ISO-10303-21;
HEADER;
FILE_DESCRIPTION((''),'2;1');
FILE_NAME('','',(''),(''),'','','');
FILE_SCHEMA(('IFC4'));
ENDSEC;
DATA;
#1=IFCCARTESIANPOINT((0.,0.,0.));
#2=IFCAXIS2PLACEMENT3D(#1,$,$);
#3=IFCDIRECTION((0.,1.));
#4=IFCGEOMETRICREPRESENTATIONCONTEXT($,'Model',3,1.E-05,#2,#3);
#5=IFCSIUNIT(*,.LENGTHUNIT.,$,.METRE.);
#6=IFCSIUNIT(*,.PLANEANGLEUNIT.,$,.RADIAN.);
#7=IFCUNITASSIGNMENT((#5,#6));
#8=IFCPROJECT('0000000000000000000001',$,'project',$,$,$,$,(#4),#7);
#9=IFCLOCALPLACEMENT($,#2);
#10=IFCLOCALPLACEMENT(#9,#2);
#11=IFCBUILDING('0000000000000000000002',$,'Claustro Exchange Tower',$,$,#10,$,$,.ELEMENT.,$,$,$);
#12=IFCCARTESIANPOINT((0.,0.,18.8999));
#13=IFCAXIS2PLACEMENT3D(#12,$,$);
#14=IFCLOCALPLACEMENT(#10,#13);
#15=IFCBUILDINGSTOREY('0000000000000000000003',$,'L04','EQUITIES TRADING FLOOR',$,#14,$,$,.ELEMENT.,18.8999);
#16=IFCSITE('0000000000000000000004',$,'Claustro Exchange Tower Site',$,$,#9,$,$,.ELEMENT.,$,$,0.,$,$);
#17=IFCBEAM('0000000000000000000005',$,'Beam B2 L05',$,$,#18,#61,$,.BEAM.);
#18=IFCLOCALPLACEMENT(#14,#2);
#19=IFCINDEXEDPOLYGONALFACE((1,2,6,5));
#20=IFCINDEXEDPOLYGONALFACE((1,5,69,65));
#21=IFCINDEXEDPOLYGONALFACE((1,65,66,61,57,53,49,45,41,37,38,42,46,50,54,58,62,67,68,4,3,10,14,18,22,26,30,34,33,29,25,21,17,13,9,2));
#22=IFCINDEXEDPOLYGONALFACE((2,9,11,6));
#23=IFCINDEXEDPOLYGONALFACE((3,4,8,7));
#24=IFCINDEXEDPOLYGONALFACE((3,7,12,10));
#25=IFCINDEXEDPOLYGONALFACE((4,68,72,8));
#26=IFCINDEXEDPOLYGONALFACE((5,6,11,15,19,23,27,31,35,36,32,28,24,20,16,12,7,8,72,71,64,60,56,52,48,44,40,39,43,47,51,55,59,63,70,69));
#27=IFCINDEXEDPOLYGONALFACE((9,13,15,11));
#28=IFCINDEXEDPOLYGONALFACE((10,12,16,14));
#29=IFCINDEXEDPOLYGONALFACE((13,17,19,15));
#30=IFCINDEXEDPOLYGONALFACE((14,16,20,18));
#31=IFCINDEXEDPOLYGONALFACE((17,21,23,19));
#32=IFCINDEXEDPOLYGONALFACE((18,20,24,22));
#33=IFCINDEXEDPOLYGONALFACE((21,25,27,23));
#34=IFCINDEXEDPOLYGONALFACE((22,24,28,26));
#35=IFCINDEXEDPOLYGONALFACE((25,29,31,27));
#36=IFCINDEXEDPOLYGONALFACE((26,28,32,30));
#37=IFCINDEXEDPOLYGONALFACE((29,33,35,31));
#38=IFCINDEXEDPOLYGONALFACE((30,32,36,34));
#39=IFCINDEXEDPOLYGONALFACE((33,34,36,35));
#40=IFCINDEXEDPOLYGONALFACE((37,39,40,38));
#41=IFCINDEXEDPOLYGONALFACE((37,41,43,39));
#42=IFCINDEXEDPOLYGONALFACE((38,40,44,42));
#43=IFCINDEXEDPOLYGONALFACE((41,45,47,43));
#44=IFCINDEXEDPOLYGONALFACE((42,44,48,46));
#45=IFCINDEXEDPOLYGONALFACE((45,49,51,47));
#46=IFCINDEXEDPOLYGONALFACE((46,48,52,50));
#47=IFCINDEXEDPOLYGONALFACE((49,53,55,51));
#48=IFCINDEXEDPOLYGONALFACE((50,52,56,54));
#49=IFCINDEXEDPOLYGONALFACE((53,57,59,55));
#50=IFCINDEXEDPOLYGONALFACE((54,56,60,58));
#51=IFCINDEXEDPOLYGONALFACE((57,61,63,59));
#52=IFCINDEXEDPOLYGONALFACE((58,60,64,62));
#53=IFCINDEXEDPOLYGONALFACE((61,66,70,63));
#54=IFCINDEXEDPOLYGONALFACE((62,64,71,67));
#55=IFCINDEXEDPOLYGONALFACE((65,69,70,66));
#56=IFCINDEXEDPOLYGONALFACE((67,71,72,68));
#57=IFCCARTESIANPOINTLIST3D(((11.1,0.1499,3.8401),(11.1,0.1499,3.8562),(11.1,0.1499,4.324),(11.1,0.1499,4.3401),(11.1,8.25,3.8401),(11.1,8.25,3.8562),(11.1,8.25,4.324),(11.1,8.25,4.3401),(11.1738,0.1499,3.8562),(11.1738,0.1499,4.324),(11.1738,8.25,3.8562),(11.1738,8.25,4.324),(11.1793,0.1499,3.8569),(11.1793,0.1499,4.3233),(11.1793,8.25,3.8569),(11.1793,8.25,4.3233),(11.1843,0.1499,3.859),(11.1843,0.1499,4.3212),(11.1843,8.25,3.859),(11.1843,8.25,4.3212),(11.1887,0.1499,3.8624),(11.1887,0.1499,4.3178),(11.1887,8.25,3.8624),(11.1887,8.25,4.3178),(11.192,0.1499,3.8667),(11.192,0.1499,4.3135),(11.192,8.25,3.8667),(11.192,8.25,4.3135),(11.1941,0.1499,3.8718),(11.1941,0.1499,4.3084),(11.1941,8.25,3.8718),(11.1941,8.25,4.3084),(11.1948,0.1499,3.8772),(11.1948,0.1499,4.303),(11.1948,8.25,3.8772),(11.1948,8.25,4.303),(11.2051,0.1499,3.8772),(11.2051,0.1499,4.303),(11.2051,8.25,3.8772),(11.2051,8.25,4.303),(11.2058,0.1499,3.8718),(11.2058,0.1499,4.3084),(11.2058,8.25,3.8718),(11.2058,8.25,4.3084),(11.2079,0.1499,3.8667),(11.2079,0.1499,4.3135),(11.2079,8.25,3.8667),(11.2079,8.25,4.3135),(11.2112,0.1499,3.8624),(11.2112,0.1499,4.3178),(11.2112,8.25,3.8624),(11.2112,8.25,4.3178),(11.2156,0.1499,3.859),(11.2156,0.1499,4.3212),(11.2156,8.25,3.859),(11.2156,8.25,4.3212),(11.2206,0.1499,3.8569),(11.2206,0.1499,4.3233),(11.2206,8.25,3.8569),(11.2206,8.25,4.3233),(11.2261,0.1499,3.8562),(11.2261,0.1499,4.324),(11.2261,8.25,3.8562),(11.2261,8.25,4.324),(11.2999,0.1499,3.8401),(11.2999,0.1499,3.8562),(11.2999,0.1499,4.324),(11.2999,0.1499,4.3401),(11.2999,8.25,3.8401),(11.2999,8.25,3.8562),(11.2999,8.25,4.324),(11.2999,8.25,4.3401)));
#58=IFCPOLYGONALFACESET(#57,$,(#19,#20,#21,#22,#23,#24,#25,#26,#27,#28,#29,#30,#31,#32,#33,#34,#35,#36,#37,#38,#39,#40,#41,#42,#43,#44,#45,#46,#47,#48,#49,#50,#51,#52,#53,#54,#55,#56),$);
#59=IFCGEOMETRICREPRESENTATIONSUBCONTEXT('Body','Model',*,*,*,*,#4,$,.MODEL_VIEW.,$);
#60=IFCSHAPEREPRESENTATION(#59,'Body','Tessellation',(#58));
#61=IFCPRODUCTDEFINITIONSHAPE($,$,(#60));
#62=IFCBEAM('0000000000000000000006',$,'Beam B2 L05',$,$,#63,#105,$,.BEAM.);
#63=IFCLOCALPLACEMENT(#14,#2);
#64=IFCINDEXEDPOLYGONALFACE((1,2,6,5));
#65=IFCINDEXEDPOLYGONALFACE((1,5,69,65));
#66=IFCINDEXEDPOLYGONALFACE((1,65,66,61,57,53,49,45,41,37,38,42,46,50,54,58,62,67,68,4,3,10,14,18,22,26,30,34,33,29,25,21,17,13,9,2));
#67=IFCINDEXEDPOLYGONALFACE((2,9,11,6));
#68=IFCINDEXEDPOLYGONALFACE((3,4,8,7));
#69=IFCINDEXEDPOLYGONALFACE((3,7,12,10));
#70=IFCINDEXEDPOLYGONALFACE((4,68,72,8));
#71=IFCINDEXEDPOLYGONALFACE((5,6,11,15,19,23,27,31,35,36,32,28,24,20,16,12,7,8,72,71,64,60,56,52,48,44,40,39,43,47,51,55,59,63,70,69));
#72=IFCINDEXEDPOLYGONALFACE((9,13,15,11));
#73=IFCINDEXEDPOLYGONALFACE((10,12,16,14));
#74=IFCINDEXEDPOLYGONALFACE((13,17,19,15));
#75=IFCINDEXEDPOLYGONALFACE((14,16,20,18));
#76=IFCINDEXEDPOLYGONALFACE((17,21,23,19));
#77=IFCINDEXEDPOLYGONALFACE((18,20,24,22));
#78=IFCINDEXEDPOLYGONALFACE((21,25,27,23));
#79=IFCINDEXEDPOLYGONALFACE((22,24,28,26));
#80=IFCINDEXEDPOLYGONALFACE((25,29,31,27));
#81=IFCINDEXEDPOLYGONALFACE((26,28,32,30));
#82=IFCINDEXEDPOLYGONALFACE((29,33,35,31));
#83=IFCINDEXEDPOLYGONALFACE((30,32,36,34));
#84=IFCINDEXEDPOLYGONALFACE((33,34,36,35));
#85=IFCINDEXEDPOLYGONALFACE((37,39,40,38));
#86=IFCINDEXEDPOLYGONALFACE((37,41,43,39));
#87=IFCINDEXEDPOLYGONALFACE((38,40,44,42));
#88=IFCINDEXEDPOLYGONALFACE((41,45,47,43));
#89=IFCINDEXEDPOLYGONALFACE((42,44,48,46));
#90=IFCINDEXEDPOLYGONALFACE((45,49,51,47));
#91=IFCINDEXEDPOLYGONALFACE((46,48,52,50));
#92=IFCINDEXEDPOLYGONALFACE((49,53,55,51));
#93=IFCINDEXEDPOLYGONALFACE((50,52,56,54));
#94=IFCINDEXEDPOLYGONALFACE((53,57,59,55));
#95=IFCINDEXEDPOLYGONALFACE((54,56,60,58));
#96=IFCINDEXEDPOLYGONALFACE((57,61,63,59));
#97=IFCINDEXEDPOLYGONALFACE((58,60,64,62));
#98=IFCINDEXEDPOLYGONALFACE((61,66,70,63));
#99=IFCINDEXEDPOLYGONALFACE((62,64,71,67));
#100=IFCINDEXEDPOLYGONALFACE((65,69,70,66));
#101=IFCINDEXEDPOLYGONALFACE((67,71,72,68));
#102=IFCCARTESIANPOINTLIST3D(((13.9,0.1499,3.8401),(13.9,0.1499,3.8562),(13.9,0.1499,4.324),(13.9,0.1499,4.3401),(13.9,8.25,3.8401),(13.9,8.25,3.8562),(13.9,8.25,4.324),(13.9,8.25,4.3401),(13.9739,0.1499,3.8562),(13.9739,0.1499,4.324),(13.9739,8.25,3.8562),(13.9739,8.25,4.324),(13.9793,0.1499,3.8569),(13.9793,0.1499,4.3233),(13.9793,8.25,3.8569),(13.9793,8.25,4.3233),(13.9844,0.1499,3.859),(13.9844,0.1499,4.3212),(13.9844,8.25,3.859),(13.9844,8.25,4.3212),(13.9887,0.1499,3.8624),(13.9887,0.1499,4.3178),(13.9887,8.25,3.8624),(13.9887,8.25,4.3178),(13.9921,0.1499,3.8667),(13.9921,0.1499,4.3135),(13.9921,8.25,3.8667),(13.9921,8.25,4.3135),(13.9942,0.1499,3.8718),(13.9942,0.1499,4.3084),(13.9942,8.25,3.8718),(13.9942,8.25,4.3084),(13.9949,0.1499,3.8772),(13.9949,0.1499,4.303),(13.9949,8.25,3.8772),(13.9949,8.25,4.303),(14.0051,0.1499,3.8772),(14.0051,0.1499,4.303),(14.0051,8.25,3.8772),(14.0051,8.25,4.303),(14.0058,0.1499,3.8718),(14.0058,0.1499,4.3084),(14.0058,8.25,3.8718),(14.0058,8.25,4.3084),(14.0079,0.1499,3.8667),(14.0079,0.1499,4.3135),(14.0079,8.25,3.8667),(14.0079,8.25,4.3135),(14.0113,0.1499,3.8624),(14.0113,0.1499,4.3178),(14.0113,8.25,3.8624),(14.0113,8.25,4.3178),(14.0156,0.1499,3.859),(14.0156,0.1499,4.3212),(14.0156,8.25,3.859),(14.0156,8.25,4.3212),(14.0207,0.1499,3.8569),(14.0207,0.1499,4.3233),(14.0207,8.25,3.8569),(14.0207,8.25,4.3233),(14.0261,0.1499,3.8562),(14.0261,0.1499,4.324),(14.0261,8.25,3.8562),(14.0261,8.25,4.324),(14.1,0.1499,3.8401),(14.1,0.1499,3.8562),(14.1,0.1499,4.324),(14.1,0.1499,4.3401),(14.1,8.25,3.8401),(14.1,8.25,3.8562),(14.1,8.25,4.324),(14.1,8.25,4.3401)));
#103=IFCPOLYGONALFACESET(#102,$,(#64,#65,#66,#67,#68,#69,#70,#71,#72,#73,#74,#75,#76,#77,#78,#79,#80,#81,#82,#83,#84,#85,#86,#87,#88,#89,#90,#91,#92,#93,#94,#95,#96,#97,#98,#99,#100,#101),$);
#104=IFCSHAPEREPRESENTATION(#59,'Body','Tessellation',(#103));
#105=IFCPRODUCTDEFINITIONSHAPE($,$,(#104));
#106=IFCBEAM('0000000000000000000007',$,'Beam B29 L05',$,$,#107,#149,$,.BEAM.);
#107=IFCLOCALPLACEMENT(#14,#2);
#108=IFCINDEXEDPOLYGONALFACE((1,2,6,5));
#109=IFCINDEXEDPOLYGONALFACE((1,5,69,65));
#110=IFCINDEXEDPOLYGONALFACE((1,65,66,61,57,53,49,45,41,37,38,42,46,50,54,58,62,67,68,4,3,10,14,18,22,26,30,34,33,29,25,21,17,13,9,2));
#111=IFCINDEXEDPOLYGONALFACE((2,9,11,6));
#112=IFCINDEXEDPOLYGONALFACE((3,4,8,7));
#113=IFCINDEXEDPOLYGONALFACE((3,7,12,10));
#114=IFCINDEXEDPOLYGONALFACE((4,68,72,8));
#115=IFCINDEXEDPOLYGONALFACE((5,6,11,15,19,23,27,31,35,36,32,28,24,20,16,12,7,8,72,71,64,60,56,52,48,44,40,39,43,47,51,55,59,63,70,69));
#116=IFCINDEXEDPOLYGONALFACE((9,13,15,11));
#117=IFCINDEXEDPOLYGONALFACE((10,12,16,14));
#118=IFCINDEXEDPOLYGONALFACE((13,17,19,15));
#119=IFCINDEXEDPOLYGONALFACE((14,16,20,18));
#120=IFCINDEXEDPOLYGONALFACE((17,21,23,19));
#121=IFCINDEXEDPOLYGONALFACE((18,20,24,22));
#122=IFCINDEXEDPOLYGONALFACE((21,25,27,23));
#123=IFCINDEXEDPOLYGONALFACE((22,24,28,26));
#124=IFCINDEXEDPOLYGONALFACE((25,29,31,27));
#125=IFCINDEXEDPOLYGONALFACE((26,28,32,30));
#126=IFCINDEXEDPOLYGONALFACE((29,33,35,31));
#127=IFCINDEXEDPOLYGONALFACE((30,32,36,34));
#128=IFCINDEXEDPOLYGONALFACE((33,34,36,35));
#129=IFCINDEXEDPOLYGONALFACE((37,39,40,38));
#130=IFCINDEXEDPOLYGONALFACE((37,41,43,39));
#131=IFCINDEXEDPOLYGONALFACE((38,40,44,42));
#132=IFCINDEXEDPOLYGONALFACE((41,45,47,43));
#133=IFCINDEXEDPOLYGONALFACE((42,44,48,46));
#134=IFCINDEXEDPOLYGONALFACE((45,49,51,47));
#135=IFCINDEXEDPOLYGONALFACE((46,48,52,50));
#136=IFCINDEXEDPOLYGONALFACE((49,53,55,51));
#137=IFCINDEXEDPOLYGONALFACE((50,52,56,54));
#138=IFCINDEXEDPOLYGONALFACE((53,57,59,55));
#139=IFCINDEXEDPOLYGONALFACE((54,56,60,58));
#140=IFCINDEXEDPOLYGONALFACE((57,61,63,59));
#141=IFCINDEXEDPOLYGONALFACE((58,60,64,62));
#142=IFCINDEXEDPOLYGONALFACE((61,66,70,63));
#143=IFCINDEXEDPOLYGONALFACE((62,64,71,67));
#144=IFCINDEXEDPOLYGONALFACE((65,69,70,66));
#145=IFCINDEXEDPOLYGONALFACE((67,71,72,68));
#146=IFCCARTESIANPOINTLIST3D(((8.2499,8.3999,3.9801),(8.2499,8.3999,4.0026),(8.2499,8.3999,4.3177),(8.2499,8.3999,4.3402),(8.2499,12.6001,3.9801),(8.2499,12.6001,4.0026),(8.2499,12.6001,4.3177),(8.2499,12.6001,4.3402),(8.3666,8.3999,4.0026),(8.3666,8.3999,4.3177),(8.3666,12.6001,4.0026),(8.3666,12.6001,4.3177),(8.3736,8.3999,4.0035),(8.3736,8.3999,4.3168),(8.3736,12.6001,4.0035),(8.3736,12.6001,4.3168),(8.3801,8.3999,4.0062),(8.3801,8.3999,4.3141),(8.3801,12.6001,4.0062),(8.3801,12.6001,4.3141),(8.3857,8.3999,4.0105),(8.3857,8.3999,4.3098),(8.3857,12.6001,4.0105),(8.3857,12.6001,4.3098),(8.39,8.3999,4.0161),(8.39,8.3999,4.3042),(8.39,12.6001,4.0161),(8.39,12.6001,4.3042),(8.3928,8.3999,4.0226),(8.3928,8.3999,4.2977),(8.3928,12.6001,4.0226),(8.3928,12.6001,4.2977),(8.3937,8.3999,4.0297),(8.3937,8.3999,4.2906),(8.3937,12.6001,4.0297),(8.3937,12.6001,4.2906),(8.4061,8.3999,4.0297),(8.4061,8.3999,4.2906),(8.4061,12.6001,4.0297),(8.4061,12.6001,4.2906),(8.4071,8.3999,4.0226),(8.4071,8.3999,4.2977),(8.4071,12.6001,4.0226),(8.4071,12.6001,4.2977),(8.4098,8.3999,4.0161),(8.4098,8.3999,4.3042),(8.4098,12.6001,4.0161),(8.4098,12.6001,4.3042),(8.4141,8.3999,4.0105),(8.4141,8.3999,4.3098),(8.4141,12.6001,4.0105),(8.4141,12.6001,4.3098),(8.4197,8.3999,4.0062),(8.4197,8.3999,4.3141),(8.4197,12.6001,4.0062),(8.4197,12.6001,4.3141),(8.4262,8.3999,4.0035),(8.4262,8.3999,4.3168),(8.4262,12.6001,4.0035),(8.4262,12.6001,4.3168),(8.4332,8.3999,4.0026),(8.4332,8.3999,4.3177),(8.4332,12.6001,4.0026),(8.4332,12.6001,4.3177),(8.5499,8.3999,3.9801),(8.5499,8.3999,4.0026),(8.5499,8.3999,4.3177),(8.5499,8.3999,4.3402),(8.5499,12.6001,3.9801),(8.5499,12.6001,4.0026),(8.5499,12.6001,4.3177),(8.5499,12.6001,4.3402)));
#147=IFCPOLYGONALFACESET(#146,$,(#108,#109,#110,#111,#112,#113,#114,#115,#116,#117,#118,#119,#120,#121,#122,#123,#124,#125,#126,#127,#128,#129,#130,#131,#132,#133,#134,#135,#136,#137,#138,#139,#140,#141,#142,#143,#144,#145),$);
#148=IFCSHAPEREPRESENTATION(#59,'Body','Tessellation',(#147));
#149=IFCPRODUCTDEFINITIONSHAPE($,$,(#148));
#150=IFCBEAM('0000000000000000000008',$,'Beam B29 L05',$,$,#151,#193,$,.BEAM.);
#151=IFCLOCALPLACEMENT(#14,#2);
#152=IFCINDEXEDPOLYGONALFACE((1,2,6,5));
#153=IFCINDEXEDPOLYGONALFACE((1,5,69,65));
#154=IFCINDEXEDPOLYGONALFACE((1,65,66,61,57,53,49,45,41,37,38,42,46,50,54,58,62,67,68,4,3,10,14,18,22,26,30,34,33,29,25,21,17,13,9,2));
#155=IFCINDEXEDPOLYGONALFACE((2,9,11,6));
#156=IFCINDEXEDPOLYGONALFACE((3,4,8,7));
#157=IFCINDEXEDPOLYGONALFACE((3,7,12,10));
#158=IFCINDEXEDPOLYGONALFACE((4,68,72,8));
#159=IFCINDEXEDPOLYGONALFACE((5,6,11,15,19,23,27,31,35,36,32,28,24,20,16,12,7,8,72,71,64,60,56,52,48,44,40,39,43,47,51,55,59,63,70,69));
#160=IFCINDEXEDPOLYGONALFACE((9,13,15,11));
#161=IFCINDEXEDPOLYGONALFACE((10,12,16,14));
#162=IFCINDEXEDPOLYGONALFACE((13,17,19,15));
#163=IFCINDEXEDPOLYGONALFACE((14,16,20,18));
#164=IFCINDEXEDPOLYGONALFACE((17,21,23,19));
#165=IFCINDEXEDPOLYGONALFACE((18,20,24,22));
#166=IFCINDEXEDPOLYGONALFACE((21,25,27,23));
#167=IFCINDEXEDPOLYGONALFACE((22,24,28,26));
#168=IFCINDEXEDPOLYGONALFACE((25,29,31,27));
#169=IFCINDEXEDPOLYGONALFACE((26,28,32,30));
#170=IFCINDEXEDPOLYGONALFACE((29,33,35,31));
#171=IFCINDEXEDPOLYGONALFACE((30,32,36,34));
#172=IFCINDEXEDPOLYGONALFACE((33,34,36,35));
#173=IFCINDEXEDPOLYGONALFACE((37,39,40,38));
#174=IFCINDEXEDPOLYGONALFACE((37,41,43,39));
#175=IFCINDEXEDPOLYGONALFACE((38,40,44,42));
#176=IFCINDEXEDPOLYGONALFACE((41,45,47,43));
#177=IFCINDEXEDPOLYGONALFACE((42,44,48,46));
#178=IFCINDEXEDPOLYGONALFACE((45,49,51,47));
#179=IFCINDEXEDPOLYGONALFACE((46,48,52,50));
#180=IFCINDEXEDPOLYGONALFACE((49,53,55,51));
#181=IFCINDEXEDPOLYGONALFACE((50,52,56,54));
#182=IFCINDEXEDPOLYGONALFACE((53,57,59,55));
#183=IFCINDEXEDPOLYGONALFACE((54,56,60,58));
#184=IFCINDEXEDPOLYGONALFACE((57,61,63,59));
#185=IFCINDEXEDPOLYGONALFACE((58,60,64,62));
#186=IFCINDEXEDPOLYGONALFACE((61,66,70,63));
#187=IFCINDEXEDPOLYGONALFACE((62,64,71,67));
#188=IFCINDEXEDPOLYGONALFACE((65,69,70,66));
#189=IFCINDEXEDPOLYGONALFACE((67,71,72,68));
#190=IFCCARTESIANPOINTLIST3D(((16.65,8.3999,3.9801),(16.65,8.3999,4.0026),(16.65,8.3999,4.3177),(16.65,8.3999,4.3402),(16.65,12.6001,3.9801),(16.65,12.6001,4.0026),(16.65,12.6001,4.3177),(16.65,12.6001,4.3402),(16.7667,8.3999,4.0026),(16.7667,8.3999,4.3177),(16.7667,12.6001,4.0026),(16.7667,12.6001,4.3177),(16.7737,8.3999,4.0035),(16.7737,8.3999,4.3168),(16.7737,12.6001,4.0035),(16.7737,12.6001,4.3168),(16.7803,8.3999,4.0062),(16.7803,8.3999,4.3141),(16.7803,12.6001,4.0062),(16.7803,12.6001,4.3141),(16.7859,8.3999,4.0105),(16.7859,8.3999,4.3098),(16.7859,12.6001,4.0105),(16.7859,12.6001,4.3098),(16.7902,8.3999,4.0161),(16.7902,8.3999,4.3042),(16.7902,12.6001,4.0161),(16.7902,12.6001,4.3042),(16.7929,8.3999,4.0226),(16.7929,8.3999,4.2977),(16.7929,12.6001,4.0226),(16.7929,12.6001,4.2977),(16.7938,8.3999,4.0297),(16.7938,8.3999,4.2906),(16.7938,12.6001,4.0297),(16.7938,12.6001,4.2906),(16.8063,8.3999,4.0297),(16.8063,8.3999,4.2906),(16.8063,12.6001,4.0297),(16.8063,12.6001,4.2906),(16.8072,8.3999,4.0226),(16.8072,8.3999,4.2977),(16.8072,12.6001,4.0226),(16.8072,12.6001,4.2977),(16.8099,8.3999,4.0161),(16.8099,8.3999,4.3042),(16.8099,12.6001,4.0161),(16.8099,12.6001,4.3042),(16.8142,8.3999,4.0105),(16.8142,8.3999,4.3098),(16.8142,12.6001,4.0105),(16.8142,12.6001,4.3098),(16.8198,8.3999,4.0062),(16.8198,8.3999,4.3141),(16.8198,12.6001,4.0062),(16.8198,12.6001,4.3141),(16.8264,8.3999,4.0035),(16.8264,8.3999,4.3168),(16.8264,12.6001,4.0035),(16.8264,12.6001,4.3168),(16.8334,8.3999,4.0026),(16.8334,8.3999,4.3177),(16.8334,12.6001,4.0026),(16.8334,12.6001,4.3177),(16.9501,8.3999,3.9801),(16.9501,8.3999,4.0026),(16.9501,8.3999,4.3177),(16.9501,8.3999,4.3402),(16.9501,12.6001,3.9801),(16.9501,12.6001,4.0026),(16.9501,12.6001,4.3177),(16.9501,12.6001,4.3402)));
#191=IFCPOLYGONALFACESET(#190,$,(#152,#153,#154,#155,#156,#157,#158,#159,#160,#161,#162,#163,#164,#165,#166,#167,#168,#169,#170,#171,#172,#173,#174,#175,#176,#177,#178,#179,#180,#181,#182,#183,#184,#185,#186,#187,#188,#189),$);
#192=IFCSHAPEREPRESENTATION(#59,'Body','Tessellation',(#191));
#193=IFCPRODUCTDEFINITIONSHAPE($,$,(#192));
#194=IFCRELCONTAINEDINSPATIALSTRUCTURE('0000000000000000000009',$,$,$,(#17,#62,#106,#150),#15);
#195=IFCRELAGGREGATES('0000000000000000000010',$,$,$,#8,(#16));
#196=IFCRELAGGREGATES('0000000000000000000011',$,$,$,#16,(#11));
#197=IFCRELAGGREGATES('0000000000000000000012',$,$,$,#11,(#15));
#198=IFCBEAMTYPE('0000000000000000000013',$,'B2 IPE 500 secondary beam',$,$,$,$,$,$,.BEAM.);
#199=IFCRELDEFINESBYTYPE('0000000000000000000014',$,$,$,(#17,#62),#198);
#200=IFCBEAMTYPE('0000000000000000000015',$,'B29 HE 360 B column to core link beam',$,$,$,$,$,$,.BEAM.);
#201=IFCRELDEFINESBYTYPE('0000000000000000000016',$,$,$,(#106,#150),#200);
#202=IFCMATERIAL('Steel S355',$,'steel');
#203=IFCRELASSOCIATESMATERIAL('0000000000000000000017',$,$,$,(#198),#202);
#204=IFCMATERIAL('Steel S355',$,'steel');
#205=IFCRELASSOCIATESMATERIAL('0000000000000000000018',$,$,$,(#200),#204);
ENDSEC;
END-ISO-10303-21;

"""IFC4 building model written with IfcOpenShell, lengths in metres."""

from ifc_helpers import new_model, si_unit, direction, frame, origin, origin_2d, place, context, subcontext, project, spatial, i_section, extrude, material, material_profile, profile_set, type_object, element, save


model = new_model("IFC4")

# Units and contexts
model_context = context("Model", 3, precision=1e-05, world=origin(), true_north=direction((0.0, 1.0)))
body_context = subcontext(model_context, "Body", "Model", "MODEL_VIEW")
ifc_project = project(units=[si_unit("LENGTHUNIT", "METRE"), si_unit("PLANEANGLEUNIT", "RADIAN")], contexts=[model_context])

# Site, building, storey
site_placement = place(None, origin())
site = spatial("IfcSite", under=ifc_project, at=site_placement, Name="Claustro Exchange Tower Site", CompositionType="ELEMENT", RefElevation=0.0)
building_placement = place(site_placement, origin())
building = spatial("IfcBuilding", under=site, at=building_placement, Name="Claustro Exchange Tower", CompositionType="ELEMENT")
storey_placement = place(building_placement, frame((0.0, 0.0, 18.8999)))
storey = spatial("IfcBuildingStorey", under=building, at=storey_placement, Name="L04", Description="EQUITIES TRADING FLOOR", CompositionType="ELEMENT", Elevation=18.8999)

# Beams
ifc_material_1 = material(Name="Steel S355", Category="steel")
ifc_material_profile_1 = material_profile(ifc_material_1, i_section(OverallWidth=0.2, OverallDepth=0.5, WebThickness=0.0103, FlangeThickness=0.0161, FilletRadius=0.021, at=origin_2d()), Name="IPE 500")
ifc_profile_set_1 = profile_set([ifc_material_profile_1], Name="Steel S355")
beam_type_1 = type_object("IfcBeamType", Name="B2 IPE 500 secondary beam", PredefinedType="BEAM", material=ifc_profile_set_1)
for number, where, z_axis, x_axis, name in (
    (1, (11.2, 0.1499, 4.0901), (0.0, 1.0, 0.0), (-1.0, 0.0, 0.0), "Beam B2 L05"),
    (2, (14.0, 0.1499, 4.0901), (0.0, 1.0, 0.0), (-1.0, 0.0, 0.0), "Beam B2 L05"),
):
    element("IfcBeam", number, at=place(storey_placement, frame(where, z_axis=z_axis, x_axis=x_axis)), inside=storey, type_object=beam_type_1, Name=name, PredefinedType="BEAM", context=body_context, shape_type="SweptSolid", body=[
        extrude(i_section(OverallWidth=0.2, OverallDepth=0.5, WebThickness=0.0103, FlangeThickness=0.0161, FilletRadius=0.021, at=origin_2d()), origin(), (0.0, 0.0, 1.0), 8.1001),
    ])
ifc_material_2 = material(Name="Steel S355", Category="steel")
ifc_material_profile_2 = material_profile(ifc_material_2, i_section(OverallWidth=0.3, OverallDepth=0.3601, WebThickness=0.0125, FlangeThickness=0.0225, FilletRadius=0.0271, at=origin_2d()), Name="HE 360 B")
ifc_profile_set_2 = profile_set([ifc_material_profile_2], Name="Steel S355")
beam_type_2 = type_object("IfcBeamType", Name="B29 HE 360 B column to core link beam", PredefinedType="BEAM", material=ifc_profile_set_2)
for number, where, z_axis, x_axis, name in (
    (3, (8.3999, 8.3999, 4.1602), (0.0, 1.0, 0.0), (-1.0, 0.0, 0.0), "Beam B29 L05"),
    (4, (16.8, 8.3999, 4.1602), (0.0, 1.0, 0.0), (-1.0, 0.0, 0.0), "Beam B29 L05"),
):
    element("IfcBeam", number, at=place(storey_placement, frame(where, z_axis=z_axis, x_axis=x_axis)), inside=storey, type_object=beam_type_2, Name=name, PredefinedType="BEAM", context=body_context, shape_type="SweptSolid", body=[
        extrude(i_section(OverallWidth=0.3, OverallDepth=0.3601, WebThickness=0.0125, FlangeThickness=0.0225, FilletRadius=0.0271, at=origin_2d()), origin(), (0.0, 0.0, 1.0), 4.2002),
    ])

save(model, "model.ifc")
